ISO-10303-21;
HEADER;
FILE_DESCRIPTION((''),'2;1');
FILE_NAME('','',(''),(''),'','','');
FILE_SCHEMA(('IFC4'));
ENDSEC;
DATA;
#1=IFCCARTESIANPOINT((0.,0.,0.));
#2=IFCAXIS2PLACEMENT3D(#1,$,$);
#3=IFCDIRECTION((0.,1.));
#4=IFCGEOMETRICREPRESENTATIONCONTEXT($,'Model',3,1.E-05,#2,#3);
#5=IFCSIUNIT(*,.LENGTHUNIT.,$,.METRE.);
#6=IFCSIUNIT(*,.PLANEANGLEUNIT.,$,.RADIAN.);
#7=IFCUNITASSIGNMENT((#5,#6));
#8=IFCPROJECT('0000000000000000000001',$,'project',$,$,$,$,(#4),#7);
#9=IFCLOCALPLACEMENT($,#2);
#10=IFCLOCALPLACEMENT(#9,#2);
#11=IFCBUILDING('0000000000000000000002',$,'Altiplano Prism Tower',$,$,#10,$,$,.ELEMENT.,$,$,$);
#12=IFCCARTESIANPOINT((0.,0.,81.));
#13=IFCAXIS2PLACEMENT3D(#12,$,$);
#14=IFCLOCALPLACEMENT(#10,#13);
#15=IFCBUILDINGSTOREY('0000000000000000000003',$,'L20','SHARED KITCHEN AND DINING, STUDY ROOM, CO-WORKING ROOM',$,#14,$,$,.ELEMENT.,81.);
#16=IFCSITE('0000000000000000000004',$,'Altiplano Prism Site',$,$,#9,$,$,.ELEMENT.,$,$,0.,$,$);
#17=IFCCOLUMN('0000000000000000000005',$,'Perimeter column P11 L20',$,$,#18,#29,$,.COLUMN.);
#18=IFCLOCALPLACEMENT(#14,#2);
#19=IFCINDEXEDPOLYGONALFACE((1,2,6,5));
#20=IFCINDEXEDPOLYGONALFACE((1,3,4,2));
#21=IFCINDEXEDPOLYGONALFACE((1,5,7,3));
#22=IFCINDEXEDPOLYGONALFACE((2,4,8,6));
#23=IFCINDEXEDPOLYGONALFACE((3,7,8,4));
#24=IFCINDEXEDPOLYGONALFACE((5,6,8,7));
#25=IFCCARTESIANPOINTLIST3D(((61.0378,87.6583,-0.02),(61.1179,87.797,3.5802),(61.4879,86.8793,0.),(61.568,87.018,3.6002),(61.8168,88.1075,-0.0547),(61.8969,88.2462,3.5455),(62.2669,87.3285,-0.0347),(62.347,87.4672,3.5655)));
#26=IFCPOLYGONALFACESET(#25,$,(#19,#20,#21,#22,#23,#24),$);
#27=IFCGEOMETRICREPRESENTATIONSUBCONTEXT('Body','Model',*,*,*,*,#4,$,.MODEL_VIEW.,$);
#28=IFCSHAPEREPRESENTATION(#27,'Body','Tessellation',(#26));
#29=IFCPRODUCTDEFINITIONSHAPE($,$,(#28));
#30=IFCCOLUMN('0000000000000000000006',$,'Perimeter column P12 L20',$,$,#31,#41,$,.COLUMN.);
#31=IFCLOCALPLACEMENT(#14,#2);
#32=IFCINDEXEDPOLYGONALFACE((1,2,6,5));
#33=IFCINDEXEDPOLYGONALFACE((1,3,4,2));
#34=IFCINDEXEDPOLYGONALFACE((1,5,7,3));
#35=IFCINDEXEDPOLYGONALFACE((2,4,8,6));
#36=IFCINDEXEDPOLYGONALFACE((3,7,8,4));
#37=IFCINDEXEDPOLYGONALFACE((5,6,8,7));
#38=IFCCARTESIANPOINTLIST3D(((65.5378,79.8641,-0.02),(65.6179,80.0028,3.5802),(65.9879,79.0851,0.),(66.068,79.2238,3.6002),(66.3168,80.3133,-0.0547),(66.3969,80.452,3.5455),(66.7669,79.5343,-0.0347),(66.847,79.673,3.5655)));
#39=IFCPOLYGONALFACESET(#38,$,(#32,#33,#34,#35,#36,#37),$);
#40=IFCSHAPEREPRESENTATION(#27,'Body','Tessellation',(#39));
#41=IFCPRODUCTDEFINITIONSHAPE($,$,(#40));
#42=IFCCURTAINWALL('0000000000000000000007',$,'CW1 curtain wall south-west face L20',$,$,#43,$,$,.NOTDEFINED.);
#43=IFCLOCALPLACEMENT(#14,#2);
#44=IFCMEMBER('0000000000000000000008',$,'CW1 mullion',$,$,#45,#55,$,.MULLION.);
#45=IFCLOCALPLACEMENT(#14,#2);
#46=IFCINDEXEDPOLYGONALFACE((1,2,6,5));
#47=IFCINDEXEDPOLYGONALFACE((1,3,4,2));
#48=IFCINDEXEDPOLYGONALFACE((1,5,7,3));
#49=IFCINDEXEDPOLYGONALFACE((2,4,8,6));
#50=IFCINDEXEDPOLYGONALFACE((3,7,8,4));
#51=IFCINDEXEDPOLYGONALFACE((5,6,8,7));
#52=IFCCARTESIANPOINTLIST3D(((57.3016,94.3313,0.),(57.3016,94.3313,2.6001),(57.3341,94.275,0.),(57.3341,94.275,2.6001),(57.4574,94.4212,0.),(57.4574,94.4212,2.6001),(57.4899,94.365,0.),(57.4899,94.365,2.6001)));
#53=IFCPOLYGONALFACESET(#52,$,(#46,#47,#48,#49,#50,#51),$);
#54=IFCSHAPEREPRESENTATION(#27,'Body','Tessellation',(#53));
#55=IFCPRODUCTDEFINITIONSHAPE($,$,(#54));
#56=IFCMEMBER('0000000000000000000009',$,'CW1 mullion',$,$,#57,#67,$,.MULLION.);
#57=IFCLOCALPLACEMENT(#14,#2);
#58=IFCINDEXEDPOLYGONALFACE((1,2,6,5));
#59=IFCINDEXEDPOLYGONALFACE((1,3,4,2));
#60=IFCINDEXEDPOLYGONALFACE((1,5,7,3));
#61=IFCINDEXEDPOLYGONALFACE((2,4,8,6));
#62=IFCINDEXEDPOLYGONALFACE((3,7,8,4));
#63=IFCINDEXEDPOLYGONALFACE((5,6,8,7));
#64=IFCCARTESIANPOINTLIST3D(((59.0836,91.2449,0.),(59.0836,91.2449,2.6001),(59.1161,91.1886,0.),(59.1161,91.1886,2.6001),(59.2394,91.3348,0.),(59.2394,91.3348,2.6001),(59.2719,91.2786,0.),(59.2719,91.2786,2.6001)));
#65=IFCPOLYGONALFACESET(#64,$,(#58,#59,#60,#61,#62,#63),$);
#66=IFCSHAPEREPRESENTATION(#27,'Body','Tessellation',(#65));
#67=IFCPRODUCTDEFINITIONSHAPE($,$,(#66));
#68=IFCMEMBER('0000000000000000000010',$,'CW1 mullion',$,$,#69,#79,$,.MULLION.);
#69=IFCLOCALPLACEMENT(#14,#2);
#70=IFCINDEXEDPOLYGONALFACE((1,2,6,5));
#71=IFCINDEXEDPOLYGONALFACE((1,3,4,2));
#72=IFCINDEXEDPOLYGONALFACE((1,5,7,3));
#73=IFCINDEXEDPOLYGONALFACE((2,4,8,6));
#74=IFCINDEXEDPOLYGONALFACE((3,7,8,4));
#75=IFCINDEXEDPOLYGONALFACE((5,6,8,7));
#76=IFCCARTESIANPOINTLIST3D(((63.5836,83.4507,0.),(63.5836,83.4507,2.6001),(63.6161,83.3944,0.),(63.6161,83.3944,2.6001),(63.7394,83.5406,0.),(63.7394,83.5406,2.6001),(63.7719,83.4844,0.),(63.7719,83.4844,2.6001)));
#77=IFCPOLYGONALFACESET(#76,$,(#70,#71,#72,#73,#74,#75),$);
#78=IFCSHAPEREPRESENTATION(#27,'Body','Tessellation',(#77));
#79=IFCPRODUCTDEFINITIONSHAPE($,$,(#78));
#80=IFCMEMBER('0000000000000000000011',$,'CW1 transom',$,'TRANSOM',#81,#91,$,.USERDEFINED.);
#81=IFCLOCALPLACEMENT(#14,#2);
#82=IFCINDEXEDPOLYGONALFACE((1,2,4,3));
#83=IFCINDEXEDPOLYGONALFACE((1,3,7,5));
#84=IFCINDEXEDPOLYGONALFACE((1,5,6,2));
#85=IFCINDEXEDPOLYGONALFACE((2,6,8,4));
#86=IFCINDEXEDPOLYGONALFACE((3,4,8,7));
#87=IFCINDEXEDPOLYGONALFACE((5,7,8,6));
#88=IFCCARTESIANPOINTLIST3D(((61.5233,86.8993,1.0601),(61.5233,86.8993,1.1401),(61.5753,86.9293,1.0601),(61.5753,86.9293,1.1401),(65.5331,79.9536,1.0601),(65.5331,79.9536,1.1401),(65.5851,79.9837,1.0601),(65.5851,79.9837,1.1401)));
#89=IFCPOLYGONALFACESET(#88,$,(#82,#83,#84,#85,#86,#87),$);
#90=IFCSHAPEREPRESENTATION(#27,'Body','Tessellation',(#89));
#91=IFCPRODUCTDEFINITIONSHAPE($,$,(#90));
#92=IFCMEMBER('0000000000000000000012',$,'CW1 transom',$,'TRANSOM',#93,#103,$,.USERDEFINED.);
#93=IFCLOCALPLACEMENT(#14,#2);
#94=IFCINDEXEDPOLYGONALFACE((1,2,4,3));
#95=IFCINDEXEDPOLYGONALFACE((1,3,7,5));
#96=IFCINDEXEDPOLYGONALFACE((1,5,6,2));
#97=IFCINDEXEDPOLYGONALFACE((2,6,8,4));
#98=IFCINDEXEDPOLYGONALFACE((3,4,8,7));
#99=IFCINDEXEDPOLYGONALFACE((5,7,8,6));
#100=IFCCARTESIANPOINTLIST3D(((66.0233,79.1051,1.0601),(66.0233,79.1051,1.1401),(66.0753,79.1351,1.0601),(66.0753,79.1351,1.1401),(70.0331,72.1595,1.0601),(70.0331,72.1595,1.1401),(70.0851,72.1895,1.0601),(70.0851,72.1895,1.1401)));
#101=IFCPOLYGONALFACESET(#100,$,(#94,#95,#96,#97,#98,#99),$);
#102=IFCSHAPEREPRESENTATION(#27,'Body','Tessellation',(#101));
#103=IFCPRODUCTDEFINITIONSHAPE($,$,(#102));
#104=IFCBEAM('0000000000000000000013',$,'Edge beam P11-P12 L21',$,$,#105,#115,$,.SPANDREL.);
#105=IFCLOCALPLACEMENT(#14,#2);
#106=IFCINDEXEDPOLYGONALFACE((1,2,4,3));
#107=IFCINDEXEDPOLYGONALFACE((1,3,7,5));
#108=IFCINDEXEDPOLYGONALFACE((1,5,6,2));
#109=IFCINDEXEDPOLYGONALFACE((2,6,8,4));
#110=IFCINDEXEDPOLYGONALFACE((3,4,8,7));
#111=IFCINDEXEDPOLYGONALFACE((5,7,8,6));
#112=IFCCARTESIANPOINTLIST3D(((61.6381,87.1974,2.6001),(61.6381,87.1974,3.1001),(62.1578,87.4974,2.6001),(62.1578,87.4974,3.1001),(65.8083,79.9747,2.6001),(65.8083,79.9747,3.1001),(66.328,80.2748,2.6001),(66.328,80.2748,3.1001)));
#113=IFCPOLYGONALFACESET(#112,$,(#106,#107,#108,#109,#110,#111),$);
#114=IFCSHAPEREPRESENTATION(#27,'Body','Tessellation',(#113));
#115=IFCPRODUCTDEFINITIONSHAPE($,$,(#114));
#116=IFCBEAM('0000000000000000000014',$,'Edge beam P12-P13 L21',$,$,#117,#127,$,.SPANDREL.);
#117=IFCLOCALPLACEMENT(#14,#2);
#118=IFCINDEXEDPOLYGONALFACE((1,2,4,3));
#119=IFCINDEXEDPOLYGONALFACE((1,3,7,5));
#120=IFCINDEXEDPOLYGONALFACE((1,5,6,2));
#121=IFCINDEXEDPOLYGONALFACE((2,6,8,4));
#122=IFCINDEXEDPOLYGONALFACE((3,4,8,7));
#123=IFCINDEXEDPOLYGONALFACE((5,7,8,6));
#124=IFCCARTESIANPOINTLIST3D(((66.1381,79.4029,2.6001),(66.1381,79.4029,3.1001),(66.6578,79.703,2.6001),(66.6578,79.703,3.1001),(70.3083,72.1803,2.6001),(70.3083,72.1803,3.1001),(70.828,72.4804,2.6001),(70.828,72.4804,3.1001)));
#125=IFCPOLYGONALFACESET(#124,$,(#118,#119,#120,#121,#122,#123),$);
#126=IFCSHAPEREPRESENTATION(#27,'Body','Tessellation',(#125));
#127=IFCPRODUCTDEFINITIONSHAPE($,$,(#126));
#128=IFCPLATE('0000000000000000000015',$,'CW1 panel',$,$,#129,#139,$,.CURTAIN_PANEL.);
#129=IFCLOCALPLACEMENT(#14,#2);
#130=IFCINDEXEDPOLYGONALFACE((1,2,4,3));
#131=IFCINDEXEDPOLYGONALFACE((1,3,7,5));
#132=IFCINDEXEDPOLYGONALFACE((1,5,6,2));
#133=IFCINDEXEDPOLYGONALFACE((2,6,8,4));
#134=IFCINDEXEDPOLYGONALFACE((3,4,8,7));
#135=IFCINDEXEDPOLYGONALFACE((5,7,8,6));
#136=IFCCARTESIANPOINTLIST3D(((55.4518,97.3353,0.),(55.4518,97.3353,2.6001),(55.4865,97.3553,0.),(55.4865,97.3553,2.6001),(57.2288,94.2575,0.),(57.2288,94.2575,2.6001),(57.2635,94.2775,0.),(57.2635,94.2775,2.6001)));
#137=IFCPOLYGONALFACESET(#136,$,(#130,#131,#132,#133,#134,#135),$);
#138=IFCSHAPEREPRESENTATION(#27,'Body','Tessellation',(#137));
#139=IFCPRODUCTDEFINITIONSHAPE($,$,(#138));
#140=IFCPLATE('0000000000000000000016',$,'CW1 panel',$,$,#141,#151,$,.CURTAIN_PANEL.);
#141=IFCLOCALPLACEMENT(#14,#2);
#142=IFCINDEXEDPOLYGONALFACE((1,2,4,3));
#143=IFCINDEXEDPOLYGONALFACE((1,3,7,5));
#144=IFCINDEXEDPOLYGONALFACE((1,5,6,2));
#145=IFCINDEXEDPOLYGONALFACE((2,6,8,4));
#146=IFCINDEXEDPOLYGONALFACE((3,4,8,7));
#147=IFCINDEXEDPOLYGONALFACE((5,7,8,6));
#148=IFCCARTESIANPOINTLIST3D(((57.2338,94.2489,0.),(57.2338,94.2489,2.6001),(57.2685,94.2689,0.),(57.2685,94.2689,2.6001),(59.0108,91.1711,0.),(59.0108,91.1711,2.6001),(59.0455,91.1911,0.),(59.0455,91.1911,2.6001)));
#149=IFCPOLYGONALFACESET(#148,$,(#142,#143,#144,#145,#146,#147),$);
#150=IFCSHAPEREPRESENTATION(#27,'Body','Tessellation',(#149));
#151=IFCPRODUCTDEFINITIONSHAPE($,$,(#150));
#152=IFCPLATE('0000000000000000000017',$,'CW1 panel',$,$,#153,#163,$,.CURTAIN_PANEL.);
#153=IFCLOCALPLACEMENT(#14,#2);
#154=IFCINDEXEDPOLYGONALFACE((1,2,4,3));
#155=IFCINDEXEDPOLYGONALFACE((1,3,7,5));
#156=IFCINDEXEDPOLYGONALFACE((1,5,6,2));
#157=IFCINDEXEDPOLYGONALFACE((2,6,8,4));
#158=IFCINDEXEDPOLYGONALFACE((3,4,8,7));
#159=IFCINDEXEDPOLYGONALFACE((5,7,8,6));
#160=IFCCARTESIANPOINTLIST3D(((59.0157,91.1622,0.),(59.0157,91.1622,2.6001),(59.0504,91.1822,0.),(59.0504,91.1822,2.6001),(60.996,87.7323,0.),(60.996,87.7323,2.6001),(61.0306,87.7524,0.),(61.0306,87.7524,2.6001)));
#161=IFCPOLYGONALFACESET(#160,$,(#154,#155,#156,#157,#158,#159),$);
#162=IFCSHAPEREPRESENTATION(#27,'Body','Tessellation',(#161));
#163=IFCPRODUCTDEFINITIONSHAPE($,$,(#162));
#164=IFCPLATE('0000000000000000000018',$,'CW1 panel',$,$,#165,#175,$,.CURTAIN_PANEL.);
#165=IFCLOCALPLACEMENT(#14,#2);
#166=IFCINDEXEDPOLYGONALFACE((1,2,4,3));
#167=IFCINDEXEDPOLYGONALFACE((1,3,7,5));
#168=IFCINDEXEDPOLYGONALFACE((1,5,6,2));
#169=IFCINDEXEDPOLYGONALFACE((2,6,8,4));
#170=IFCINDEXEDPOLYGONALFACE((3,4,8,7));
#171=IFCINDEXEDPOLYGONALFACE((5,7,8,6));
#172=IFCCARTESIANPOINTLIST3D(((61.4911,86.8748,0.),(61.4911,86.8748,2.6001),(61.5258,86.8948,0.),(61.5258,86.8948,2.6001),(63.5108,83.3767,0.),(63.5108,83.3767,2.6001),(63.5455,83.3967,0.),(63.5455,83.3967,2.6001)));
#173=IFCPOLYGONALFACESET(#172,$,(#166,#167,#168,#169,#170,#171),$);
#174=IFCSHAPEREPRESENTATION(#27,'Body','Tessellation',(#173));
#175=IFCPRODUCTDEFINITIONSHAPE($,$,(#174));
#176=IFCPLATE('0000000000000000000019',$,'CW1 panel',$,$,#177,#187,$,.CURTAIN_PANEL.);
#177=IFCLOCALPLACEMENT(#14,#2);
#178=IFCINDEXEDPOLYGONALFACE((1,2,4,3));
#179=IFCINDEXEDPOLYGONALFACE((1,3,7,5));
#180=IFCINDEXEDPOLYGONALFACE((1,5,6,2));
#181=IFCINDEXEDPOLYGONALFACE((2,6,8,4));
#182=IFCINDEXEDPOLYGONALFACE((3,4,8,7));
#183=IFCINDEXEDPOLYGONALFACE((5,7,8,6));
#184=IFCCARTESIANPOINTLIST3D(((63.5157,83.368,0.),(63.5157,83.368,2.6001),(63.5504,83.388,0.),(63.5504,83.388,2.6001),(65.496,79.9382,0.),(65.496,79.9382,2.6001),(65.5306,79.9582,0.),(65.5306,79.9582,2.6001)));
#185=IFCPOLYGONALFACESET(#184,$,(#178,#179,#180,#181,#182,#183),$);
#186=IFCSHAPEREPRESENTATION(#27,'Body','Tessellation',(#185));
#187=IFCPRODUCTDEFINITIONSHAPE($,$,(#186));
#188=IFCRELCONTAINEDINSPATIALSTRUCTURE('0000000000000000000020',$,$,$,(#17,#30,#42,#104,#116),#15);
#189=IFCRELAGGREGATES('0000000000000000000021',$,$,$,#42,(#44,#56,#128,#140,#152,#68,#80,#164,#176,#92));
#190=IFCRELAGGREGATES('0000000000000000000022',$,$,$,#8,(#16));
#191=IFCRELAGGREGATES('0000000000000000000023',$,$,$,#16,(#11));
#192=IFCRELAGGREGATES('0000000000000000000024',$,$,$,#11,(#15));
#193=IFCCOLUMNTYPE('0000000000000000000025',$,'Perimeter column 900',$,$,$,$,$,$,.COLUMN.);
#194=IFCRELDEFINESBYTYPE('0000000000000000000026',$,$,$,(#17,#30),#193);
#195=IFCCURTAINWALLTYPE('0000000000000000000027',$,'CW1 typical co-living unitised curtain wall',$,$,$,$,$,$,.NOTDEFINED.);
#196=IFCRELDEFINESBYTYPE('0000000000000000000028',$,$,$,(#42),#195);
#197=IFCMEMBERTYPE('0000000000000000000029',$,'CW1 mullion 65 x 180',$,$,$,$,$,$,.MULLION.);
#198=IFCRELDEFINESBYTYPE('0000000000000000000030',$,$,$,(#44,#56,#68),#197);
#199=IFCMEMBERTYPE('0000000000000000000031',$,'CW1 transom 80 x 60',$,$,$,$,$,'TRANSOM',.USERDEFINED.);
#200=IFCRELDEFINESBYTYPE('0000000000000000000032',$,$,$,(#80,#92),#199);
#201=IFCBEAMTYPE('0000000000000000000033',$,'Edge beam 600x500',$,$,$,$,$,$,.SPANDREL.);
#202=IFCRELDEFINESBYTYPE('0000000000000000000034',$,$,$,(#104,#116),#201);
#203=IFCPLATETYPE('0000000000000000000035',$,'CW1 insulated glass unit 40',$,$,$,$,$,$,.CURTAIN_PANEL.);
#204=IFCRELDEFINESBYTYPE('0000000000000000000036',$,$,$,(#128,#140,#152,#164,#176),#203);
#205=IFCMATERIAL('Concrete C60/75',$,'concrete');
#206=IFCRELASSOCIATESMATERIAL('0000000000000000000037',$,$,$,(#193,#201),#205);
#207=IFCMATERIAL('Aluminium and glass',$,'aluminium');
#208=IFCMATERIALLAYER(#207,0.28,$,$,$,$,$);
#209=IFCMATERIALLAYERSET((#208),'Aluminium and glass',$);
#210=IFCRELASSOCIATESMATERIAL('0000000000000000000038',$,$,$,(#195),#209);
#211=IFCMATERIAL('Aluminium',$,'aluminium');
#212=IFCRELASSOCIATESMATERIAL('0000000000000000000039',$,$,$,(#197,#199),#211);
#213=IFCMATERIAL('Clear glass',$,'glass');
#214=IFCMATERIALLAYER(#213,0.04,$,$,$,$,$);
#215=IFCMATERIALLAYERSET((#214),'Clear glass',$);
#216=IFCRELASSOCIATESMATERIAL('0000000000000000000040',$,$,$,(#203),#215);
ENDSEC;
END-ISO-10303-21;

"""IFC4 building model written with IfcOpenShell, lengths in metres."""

from ifc_helpers import new_model, si_unit, direction, frame, origin, origin_2d, place, context, subcontext, project, spatial, rectangle, extrude, material, layer, layer_set, material_profile, profile_set, type_object, element, aggregate, save


model = new_model("IFC4")

# Units and contexts
model_context = context("Model", 3, precision=1e-05, world=origin(), true_north=direction((0.0, 1.0)))
body_context = subcontext(model_context, "Body", "Model", "MODEL_VIEW")
ifc_project = project(units=[si_unit("LENGTHUNIT", "METRE"), si_unit("PLANEANGLEUNIT", "RADIAN")], contexts=[model_context])

# Site, building, storey
site_placement = place(None, origin())
site = spatial("IfcSite", under=ifc_project, at=site_placement, Name="Altiplano Prism Site", CompositionType="ELEMENT", RefElevation=0.0)
building_placement = place(site_placement, origin())
building = spatial("IfcBuilding", under=site, at=building_placement, Name="Altiplano Prism Tower", CompositionType="ELEMENT")
storey_placement = place(building_placement, frame((0.0, 0.0, 81.0)))
storey = spatial("IfcBuildingStorey", under=building, at=storey_placement, Name="L20", Description="SHARED KITCHEN AND DINING, STUDY ROOM, CO-WORKING ROOM", CompositionType="ELEMENT", Elevation=81.0)

# Columns
ifc_material_1 = material(Name="Concrete C60/75", Category="concrete")
ifc_material_profile_1 = material_profile(ifc_material_1, rectangle(XDim=0.8999, YDim=0.8999, at=origin_2d()), Name="Perimeter column 900")
ifc_profile_set_1 = profile_set([ifc_material_profile_1], Name="Concrete C60/75")
column_type = type_object("IfcColumnType", Name="Perimeter column 900", PredefinedType="COLUMN", material=ifc_profile_set_1)
for number, where, z_axis, x_axis, name in (
    (1, (61.6523, 87.4934, -0.0273), (0.022221, 0.038481, 0.999012), (-0.865639, -0.499187, 0.038483), "Perimeter column P11 L20"),
    (2, (66.1523, 79.6992, -0.0273), (0.022221, 0.038481, 0.999012), (-0.865639, -0.499187, 0.038483), "Perimeter column P12 L20"),
):
    element("IfcColumn", number, at=place(storey_placement, frame(where, z_axis=z_axis, x_axis=x_axis)), inside=storey, type_object=column_type, Name=name, PredefinedType="COLUMN", context=body_context, shape_type="SweptSolid", body=[
        extrude(rectangle(XDim=0.8999, YDim=0.8999, at=origin_2d()), origin(), (0.0, 0.0, 1.0), 3.6038),
    ])

# Curtain wall, members
ifc_material_2 = material(Name="Aluminium and glass", Category="aluminium")
ifc_layer_1 = layer(ifc_material_2, 0.28)
ifc_layer_set_1 = layer_set([ifc_layer_1], Name="Aluminium and glass")
curtain_wall_type = type_object("IfcCurtainWallType", Name="CW1 typical co-living unitised curtain wall", PredefinedType="NOTDEFINED", material=ifc_layer_set_1)
curtain_wall_placement = place(storey_placement, origin())
curtain_wall = element("IfcCurtainWall", 3, at=curtain_wall_placement, inside=storey, type_object=curtain_wall_type, Name="CW1 curtain wall south-west face L20", PredefinedType="NOTDEFINED")
ifc_material_3 = material(Name="Aluminium", Category="aluminium")
ifc_material_profile_2 = material_profile(ifc_material_3, rectangle(XDim=0.1799, YDim=0.0649, at=origin_2d()), Name="CW1 mullion 65 x 180")
ifc_profile_set_2 = profile_set([ifc_material_profile_2], Name="Aluminium")
member_type_1 = type_object("IfcMemberType", Name="CW1 mullion 65 x 180", PredefinedType="MULLION", material=ifc_profile_set_2)
member_1_placement = place(storey_placement, frame((57.3958, 94.3481, 0.0), z_axis=(0.0, 0.0, 1.0), x_axis=(0.866025, 0.5, 0.0)))
member_1 = element("IfcMember", 4, at=member_1_placement, type_object=member_type_1, Name="CW1 mullion", PredefinedType="MULLION", context=body_context, shape_type="SweptSolid", body=[
    extrude(rectangle(XDim=0.1799, YDim=0.0649, at=origin_2d()), origin(), (0.0, 0.0, 1.0), 2.6001),
])
member_2_placement = place(storey_placement, frame((59.1777, 91.2617, 0.0), z_axis=(0.0, 0.0, 1.0), x_axis=(0.866025, 0.5, 0.0)))
member_2 = element("IfcMember", 5, at=member_2_placement, type_object=member_type_1, Name="CW1 mullion", PredefinedType="MULLION", context=body_context, shape_type="SweptSolid", body=[
    extrude(rectangle(XDim=0.1799, YDim=0.0649, at=origin_2d()), origin(), (0.0, 0.0, 1.0), 2.6001),
])
member_3_placement = place(storey_placement, frame((63.6777, 83.4675, 0.0), z_axis=(0.0, 0.0, 1.0), x_axis=(0.866025, 0.5, 0.0)))
member_3 = element("IfcMember", 6, at=member_3_placement, type_object=member_type_1, Name="CW1 mullion", PredefinedType="MULLION", context=body_context, shape_type="SweptSolid", body=[
    extrude(rectangle(XDim=0.1799, YDim=0.0649, at=origin_2d()), origin(), (0.0, 0.0, 1.0), 2.6001),
])
ifc_material_profile_3 = material_profile(ifc_material_3, rectangle(XDim=0.0601, YDim=0.0801, at=origin_2d()), Name="CW1 transom 80 x 60")
ifc_profile_set_3 = profile_set([ifc_material_profile_3], Name="Aluminium")
member_type_2 = type_object("IfcMemberType", Name="CW1 transom 80 x 60", ElementType="TRANSOM", PredefinedType="USERDEFINED", material=ifc_profile_set_3)
member_4_placement = place(storey_placement, frame((61.5493, 86.9143, 1.1001), z_axis=(0.499976, -0.866039, 0.0), x_axis=(0.866039, 0.499976, 0.0)))
member_4 = element("IfcMember", 7, at=member_4_placement, type_object=member_type_2, Name="CW1 transom", ObjectType="TRANSOM", PredefinedType="USERDEFINED", context=body_context, shape_type="SweptSolid", body=[
    extrude(rectangle(XDim=0.0601, YDim=0.0801, at=origin_2d()), origin(), (0.0, 0.0, 1.0), 8.02),
])
member_5_placement = place(storey_placement, frame((66.0493, 79.1201, 1.1001), z_axis=(0.499976, -0.866039, 0.0), x_axis=(0.866039, 0.499976, 0.0)))
member_5 = element("IfcMember", 8, at=member_5_placement, type_object=member_type_2, Name="CW1 transom", ObjectType="TRANSOM", PredefinedType="USERDEFINED", context=body_context, shape_type="SweptSolid", body=[
    extrude(rectangle(XDim=0.0601, YDim=0.0801, at=origin_2d()), origin(), (0.0, 0.0, 1.0), 8.02),
])

# Beams
ifc_material_profile_4 = material_profile(ifc_material_1, rectangle(XDim=0.6001, YDim=0.5, at=origin_2d()), Name="Edge beam 600x500")
ifc_profile_set_4 = profile_set([ifc_material_profile_4], Name="Concrete C60/75")
beam_type = type_object("IfcBeamType", Name="Edge beam 600x500", PredefinedType="SPANDREL", material=ifc_profile_set_4)
for number, where, z_axis, x_axis, name in (
    (9, (61.8979, 87.3474, 2.8501), (0.500015, -0.866017, 0.0), (0.866017, 0.500015, 0.0), "Edge beam P11-P12 L21"),
    (10, (66.3979, 79.553, 2.8501), (0.500015, -0.866017, 0.0), (0.866017, 0.500015, 0.0), "Edge beam P12-P13 L21"),
):
    element("IfcBeam", number, at=place(storey_placement, frame(where, z_axis=z_axis, x_axis=x_axis)), inside=storey, type_object=beam_type, Name=name, PredefinedType="SPANDREL", context=body_context, shape_type="SweptSolid", body=[
        extrude(rectangle(XDim=0.6001, YDim=0.5, at=origin_2d()), origin(), (0.0, 0.0, 1.0), 8.3401),
    ])

# Plates
ifc_material_4 = material(Name="Clear glass", Category="glass")
ifc_layer_2 = layer(ifc_material_4, 0.04)
ifc_layer_set_2 = layer_set([ifc_layer_2], Name="Clear glass")
plate_type = type_object("IfcPlateType", Name="CW1 insulated glass unit 40", PredefinedType="CURTAIN_PANEL", material=ifc_layer_set_2)
plate_1_placement = place(storey_placement, frame((56.3577, 95.8064, 0.0), z_axis=(0.0, 0.0, 1.0), x_axis=(0.5, -0.866025, 0.0)))
plate_1 = element("IfcPlate", 11, at=plate_1_placement, type_object=plate_type, Name="CW1 panel", PredefinedType="CURTAIN_PANEL", context=body_context, shape_type="SweptSolid", body=[
    extrude(rectangle(XDim=3.554, YDim=0.04, at=origin_2d()), origin(), (0.0, 0.0, 1.0), 2.6001),
])
plate_2_placement = place(storey_placement, frame((58.1396, 92.72, 0.0), z_axis=(0.0, 0.0, 1.0), x_axis=(0.5, -0.866025, 0.0)))
plate_2 = element("IfcPlate", 12, at=plate_2_placement, type_object=plate_type, Name="CW1 panel", PredefinedType="CURTAIN_PANEL", context=body_context, shape_type="SweptSolid", body=[
    extrude(rectangle(XDim=3.554, YDim=0.04, at=origin_2d()), origin(), (0.0, 0.0, 1.0), 2.6001),
])
plate_3_placement = place(storey_placement, frame((60.0232, 89.4573, 0.0), z_axis=(0.0, 0.0, 1.0), x_axis=(0.5, -0.866025, 0.0)))
plate_3 = element("IfcPlate", 13, at=plate_3_placement, type_object=plate_type, Name="CW1 panel", PredefinedType="CURTAIN_PANEL", context=body_context, shape_type="SweptSolid", body=[
    extrude(rectangle(XDim=3.9604, YDim=0.04, at=origin_2d()), origin(), (0.0, 0.0, 1.0), 2.6001),
])
plate_4_placement = place(storey_placement, frame((62.5183, 85.1357, 0.0), z_axis=(0.0, 0.0, 1.0), x_axis=(0.5, -0.866025, 0.0)))
plate_4 = element("IfcPlate", 14, at=plate_4_placement, type_object=plate_type, Name="CW1 panel", PredefinedType="CURTAIN_PANEL", context=body_context, shape_type="SweptSolid", body=[
    extrude(rectangle(XDim=4.0393, YDim=0.04, at=origin_2d()), origin(), (0.0, 0.0, 1.0), 2.6001),
])
plate_5_placement = place(storey_placement, frame((64.5232, 81.6631, 0.0), z_axis=(0.0, 0.0, 1.0), x_axis=(0.5, -0.866025, 0.0)))
plate_5 = element("IfcPlate", 15, at=plate_5_placement, type_object=plate_type, Name="CW1 panel", PredefinedType="CURTAIN_PANEL", context=body_context, shape_type="SweptSolid", body=[
    extrude(rectangle(XDim=3.9604, YDim=0.04, at=origin_2d()), origin(), (0.0, 0.0, 1.0), 2.6001),
])
aggregate(curtain_wall, [member_1, member_2, plate_1, plate_2, plate_3, member_3, member_4, plate_4, plate_5, member_5])

save(model, "model.ifc")
